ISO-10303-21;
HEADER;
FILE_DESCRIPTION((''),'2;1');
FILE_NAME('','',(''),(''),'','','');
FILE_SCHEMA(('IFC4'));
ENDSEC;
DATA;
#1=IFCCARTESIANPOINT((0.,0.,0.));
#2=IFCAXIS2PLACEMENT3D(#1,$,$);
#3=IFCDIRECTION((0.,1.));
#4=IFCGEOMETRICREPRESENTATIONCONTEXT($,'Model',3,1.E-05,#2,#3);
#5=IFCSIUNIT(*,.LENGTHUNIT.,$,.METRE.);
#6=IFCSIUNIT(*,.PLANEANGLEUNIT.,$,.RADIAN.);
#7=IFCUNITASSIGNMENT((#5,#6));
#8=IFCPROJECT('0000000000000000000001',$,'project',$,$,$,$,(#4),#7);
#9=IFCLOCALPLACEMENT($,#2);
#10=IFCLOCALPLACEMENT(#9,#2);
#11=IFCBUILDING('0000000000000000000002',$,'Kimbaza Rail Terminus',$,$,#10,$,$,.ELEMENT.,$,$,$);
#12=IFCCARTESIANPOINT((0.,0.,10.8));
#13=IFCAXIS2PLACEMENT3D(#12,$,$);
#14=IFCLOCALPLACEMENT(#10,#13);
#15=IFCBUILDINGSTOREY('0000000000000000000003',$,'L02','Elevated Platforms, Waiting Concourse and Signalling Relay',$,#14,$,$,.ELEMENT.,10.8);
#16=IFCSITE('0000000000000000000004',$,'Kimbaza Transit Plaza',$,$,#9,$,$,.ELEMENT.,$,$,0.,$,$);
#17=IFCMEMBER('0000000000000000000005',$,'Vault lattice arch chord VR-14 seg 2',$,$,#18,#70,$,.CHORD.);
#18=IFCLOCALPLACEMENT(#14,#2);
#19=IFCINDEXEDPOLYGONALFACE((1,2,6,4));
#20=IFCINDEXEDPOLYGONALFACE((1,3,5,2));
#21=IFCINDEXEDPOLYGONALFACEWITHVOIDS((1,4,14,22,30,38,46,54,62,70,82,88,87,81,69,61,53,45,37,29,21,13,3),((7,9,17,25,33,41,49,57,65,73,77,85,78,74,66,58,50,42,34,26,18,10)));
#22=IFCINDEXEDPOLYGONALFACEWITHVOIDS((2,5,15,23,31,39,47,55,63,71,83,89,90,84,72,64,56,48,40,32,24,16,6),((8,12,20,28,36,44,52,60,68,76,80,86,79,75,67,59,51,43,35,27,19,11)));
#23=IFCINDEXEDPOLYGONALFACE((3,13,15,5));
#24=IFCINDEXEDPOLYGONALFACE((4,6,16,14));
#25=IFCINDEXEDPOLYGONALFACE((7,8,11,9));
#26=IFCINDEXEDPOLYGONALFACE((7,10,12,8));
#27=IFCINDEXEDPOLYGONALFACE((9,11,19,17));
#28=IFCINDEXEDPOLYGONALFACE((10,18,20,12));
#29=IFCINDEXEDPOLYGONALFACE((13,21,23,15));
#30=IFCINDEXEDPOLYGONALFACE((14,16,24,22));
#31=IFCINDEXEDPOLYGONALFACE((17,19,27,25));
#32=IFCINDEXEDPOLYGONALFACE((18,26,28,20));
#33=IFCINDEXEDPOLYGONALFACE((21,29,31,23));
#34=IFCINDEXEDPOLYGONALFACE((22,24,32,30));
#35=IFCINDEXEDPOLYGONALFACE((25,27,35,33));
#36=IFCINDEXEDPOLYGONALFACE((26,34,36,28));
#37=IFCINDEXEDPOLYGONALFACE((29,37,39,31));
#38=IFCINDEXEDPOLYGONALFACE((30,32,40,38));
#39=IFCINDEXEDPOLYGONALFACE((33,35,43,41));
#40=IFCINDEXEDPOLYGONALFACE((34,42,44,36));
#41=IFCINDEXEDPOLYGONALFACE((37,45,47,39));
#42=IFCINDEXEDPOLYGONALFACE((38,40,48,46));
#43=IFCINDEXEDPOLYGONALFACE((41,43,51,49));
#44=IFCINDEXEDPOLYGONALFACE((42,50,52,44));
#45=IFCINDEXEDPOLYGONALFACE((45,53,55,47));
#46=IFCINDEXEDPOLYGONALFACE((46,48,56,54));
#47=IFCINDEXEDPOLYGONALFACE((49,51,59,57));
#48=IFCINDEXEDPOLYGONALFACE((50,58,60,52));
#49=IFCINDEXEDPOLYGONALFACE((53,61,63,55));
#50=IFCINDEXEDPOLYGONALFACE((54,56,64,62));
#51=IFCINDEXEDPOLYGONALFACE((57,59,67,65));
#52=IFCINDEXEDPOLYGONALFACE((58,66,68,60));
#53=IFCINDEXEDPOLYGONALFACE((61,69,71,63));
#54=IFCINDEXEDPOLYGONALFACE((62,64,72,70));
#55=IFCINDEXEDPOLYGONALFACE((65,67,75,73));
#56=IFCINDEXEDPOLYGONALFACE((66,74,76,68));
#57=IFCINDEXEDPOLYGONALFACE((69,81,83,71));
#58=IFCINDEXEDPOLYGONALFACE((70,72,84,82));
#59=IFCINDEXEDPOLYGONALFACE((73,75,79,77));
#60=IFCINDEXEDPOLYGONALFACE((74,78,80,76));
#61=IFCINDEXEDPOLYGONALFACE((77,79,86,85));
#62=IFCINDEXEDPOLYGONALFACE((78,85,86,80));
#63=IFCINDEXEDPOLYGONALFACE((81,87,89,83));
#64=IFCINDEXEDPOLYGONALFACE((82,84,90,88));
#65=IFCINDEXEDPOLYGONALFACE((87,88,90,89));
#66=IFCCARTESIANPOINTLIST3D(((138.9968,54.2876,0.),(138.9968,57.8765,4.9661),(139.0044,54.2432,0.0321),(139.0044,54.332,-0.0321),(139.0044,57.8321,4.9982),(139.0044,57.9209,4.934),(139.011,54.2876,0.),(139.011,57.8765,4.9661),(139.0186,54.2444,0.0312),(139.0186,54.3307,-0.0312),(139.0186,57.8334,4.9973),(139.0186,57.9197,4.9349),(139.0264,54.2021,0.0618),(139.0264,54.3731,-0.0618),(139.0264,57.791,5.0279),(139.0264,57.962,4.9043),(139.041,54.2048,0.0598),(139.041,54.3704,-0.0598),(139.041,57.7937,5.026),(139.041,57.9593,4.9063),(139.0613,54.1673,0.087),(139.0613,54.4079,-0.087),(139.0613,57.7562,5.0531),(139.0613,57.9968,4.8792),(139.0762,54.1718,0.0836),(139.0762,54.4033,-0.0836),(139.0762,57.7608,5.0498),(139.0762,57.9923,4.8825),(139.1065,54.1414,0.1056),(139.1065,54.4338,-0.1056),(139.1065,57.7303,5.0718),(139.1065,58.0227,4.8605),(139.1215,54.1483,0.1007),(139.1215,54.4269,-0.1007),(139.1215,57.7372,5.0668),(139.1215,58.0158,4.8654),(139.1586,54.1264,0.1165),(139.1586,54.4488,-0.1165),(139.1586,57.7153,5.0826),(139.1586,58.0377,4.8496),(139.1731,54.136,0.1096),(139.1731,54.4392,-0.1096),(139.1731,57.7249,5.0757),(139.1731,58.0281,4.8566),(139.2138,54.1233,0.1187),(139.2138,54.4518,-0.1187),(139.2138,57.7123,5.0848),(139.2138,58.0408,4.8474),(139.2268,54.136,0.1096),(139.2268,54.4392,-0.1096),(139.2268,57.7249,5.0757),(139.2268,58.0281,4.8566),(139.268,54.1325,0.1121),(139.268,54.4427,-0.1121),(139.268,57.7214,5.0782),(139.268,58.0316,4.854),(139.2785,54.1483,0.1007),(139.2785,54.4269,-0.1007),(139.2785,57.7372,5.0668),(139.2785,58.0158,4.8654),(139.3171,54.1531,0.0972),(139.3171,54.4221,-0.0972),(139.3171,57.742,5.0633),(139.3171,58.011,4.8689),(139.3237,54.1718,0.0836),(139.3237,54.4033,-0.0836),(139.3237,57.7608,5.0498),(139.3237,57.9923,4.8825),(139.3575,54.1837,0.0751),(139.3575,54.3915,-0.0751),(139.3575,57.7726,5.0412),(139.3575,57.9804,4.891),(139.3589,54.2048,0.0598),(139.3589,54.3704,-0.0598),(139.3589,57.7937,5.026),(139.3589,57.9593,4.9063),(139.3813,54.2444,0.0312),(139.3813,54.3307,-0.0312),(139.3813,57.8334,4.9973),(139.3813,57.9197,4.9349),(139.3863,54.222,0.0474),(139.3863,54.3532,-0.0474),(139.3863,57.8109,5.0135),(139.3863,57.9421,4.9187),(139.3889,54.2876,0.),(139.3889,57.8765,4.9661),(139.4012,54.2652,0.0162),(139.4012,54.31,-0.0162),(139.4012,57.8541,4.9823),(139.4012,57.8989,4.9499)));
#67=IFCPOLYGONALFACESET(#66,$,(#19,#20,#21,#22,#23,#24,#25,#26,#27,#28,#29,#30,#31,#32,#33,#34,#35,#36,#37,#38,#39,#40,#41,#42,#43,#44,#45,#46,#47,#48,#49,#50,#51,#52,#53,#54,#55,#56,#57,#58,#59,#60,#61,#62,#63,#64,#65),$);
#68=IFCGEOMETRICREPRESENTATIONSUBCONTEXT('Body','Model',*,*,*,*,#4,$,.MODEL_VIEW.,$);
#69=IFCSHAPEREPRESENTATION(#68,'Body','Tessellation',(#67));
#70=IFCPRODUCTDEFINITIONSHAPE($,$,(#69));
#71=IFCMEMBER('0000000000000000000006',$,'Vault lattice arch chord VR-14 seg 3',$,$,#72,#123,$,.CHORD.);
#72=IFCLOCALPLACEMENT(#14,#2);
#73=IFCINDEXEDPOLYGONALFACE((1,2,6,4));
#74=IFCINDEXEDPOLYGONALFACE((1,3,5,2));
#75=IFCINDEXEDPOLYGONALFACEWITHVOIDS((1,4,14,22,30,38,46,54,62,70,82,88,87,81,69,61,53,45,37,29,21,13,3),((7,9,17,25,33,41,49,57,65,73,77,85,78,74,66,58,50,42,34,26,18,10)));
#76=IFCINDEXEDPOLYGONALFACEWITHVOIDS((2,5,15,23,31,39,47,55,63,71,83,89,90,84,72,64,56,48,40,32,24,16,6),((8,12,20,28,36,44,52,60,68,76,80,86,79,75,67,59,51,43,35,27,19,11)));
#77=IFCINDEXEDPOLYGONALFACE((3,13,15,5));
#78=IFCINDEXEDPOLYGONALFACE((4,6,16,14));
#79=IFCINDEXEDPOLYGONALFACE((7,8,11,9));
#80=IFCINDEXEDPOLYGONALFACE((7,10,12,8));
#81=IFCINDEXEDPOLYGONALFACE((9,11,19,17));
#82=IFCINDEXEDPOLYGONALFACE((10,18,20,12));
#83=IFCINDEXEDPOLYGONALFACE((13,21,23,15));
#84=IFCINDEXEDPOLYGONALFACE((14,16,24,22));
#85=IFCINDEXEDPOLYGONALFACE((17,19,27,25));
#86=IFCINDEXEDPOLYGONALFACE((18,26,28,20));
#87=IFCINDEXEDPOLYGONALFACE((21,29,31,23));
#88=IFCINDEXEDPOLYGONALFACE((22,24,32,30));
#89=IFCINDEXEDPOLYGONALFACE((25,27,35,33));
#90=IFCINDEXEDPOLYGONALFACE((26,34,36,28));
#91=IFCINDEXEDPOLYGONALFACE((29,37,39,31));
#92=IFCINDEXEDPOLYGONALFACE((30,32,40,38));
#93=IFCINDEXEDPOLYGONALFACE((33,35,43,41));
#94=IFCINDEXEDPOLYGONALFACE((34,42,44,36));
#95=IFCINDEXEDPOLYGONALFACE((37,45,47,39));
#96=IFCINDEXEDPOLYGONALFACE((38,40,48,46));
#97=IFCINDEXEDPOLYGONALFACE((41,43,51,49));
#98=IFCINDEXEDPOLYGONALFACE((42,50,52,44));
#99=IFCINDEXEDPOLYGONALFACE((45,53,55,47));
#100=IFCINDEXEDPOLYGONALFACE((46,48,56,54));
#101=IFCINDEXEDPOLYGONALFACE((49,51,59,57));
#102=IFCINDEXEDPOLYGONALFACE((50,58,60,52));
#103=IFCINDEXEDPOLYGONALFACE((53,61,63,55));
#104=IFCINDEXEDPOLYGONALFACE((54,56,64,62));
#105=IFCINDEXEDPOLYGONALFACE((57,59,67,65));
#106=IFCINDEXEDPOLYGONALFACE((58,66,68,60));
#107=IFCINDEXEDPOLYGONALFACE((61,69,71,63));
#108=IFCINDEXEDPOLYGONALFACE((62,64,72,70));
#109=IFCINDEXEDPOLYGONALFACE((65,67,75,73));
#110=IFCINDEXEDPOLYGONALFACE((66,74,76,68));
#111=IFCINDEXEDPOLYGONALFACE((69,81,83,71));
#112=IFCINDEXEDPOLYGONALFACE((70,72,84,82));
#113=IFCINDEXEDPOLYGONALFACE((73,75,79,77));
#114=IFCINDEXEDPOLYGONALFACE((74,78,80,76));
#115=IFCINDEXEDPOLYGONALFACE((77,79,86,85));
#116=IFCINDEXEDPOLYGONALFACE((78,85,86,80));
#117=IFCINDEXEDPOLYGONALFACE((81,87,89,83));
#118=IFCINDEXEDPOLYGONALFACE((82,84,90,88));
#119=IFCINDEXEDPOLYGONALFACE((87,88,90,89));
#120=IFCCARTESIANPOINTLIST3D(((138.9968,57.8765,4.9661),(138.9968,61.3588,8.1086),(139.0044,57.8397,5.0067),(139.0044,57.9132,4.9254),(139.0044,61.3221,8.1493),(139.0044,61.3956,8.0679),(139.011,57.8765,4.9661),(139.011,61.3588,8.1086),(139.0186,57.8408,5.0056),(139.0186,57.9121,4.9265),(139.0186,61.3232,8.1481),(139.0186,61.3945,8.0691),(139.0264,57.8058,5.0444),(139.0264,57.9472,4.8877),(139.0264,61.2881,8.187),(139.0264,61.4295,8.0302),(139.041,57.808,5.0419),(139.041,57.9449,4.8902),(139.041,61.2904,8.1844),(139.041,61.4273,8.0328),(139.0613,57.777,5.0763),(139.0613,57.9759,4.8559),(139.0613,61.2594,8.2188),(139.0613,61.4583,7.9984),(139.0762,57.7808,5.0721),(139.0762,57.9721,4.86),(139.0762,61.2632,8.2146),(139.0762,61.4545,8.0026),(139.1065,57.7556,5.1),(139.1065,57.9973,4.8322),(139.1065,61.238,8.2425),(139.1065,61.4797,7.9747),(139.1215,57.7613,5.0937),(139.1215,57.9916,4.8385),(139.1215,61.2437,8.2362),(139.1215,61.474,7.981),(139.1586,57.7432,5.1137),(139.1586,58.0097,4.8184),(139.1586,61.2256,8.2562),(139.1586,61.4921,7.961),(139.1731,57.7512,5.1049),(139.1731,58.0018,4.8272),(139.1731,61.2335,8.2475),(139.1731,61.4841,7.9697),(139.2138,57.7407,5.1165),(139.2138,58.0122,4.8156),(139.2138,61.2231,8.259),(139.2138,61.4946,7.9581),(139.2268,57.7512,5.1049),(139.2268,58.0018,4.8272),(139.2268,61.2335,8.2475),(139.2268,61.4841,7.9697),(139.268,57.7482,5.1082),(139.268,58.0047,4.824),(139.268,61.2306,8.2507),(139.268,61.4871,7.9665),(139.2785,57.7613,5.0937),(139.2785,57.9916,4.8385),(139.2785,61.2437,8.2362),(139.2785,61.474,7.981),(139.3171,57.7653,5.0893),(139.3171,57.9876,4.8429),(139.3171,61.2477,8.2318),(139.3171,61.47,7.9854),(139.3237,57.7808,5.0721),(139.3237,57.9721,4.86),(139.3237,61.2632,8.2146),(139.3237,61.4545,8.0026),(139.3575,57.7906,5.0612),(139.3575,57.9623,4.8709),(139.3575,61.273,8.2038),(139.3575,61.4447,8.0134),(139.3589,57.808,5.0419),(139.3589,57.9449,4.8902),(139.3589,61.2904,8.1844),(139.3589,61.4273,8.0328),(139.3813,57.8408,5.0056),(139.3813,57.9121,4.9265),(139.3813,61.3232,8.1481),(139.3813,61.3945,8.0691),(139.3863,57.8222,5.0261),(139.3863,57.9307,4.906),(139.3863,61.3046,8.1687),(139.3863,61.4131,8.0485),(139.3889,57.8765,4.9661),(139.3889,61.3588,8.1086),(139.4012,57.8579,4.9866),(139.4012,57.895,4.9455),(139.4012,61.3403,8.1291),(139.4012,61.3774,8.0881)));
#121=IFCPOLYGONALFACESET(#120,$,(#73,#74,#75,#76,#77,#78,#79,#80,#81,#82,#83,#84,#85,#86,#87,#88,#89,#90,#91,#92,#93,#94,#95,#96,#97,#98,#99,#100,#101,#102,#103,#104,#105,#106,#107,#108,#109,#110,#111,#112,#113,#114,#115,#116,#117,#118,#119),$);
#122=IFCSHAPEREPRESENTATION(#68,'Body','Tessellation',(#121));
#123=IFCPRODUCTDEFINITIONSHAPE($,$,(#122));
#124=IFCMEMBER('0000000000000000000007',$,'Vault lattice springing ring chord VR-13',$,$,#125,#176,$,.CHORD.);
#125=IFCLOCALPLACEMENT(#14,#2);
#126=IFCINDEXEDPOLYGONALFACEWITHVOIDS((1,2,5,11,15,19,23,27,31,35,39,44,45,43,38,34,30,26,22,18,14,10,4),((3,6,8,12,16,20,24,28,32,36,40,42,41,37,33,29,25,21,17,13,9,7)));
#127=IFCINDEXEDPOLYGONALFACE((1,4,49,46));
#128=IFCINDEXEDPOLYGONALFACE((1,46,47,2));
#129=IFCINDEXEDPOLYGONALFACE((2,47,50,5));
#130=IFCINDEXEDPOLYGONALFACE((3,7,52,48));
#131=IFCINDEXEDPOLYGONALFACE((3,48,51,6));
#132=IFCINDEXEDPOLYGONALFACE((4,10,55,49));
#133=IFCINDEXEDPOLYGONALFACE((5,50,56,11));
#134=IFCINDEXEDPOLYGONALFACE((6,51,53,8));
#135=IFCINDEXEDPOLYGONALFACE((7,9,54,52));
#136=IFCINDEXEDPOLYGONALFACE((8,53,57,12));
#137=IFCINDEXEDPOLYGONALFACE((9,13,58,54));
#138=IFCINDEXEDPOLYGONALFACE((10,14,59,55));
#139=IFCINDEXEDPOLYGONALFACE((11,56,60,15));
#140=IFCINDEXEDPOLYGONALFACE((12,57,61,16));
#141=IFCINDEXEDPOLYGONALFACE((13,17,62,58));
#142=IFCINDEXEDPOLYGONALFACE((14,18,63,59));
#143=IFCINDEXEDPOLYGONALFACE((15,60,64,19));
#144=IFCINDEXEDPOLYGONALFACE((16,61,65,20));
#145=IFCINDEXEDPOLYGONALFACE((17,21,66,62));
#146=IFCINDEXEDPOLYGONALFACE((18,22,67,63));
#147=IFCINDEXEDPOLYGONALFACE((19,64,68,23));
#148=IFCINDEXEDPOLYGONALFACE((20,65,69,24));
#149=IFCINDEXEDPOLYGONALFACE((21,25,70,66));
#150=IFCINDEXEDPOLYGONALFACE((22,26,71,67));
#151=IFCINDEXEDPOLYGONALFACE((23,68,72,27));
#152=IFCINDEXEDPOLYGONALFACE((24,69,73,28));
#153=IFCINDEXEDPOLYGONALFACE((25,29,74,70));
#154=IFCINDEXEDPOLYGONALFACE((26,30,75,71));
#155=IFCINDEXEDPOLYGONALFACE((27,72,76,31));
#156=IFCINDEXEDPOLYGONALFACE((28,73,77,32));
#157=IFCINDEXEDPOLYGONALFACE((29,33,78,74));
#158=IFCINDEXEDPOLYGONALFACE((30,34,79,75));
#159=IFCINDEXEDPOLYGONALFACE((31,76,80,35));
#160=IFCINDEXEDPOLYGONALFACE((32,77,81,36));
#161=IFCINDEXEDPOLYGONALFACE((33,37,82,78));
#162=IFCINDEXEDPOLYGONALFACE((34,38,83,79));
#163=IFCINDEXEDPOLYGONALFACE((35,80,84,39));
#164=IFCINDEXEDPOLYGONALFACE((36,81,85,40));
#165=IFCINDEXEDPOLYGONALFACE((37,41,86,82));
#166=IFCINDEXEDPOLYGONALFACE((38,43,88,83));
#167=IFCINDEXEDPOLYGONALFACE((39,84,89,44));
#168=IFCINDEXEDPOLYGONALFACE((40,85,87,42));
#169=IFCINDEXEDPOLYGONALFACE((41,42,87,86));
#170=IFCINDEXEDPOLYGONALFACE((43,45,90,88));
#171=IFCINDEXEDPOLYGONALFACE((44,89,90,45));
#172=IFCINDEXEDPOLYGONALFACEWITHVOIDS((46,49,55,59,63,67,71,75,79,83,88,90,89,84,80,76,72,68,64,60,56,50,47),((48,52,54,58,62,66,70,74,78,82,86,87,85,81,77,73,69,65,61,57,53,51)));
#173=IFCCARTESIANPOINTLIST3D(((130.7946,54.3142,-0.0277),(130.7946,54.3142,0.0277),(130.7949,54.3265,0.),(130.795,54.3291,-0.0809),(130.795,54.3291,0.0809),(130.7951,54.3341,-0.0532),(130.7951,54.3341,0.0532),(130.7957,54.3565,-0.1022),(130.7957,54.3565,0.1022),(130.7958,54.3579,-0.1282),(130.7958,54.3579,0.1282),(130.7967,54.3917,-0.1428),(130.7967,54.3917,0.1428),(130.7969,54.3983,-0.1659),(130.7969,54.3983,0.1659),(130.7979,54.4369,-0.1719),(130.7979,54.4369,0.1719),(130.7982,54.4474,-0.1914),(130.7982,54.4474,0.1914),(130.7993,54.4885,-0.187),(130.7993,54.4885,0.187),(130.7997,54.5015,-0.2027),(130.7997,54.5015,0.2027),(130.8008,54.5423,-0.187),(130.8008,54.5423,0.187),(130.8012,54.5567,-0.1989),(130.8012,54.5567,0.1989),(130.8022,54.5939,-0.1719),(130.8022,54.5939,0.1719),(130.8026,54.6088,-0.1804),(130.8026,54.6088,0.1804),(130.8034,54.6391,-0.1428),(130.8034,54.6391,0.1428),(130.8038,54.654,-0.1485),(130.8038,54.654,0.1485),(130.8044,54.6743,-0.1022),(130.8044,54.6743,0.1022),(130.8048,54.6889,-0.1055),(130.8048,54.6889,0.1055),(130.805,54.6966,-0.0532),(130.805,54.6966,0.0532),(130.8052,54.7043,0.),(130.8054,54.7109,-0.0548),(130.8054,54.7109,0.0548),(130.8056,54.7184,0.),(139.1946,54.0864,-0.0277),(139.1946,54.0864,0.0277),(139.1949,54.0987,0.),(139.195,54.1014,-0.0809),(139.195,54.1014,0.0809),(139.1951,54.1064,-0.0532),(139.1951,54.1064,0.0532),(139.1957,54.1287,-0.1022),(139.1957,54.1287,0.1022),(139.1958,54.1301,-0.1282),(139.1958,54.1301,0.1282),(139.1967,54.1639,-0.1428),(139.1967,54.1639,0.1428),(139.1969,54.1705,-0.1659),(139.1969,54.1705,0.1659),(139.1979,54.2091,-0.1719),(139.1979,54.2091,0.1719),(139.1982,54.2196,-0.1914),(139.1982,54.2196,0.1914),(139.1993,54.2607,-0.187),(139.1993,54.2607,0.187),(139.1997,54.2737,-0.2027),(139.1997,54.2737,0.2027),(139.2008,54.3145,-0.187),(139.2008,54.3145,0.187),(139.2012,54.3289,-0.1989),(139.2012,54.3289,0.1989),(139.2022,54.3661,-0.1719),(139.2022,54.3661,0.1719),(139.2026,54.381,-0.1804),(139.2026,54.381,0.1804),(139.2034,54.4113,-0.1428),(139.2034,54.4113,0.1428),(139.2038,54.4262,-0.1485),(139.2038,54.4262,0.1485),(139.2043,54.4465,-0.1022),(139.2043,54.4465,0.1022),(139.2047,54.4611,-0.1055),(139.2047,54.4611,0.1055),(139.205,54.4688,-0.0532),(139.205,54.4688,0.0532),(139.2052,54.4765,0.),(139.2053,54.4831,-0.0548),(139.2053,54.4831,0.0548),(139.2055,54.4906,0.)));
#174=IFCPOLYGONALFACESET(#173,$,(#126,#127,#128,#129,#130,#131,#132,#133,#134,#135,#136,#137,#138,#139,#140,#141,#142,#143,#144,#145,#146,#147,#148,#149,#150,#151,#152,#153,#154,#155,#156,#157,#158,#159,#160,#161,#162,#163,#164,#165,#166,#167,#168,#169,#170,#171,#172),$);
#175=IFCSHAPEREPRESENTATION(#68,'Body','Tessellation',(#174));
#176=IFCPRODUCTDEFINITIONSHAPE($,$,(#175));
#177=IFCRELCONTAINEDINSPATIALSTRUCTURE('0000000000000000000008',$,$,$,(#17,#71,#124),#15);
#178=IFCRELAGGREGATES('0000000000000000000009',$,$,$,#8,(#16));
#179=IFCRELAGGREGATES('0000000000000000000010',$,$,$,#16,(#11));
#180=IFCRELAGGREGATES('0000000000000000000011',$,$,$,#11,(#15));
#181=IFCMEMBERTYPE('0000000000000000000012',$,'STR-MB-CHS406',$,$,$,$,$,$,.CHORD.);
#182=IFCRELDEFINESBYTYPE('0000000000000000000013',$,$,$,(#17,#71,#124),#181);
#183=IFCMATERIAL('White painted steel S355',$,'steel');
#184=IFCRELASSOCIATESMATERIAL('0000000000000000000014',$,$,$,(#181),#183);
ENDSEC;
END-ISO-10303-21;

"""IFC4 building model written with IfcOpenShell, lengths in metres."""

from ifc_helpers import new_model, si_unit, direction, frame, origin, origin_2d, place, context, subcontext, project, spatial, hollow_circle, extrude, material, material_profile, profile_set, type_object, element, save


model = new_model("IFC4")

# Units and contexts
model_context = context("Model", 3, precision=1e-05, world=origin(), true_north=direction((0.0, 1.0)))
body_context = subcontext(model_context, "Body", "Model", "MODEL_VIEW")
ifc_project = project(units=[si_unit("LENGTHUNIT", "METRE"), si_unit("PLANEANGLEUNIT", "RADIAN")], contexts=[model_context])

# Site, building, storey
site_placement = place(None, origin())
site = spatial("IfcSite", under=ifc_project, at=site_placement, Name="Kimbaza Transit Plaza", CompositionType="ELEMENT", RefElevation=0.0)
building_placement = place(site_placement, origin())
building = spatial("IfcBuilding", under=site, at=building_placement, Name="Kimbaza Rail Terminus", CompositionType="ELEMENT")
storey_placement = place(building_placement, frame((0.0, 0.0, 10.8)))
storey = spatial("IfcBuildingStorey", under=building, at=storey_placement, Name="L02", Description="Elevated Platforms, Waiting Concourse and Signalling Relay", CompositionType="ELEMENT", Elevation=10.8)

# Members
ifc_material_1 = material(Name="White painted steel S355", Category="steel")
ifc_material_profile_1 = material_profile(ifc_material_1, hollow_circle(Radius=0.2031, WallThickness=0.0142, at=origin_2d()), Name="CHS 406.4x14.2")
ifc_profile_set_1 = profile_set([ifc_material_profile_1], Name="White painted steel S355")
member_type_1 = type_object("IfcMemberType", Name="STR-MB-CHS406", PredefinedType="CHORD", material=ifc_profile_set_1)
member_1_placement = place(storey_placement, frame((139.2, 54.2876, 0.0), z_axis=(0.0, 0.585733, 0.810504), x_axis=(-1.0, 0.0, 0.0)))
element("IfcMember", 1, at=member_1_placement, inside=storey, type_object=member_type_1, Name="Vault lattice arch chord VR-14 seg 2", PredefinedType="CHORD", context=body_context, shape_type="SweptSolid", body=[
    extrude(hollow_circle(Radius=0.2031, WallThickness=0.0142, at=origin_2d()), origin(), (0.0, 0.0, 1.0), 6.1272),
])
member_2_placement = place(storey_placement, frame((139.2, 57.8765, 4.9661), z_axis=(0.0, 0.742403, 0.669953), x_axis=(-1.0, 0.0, 0.0)))
element("IfcMember", 2, at=member_2_placement, inside=storey, type_object=member_type_1, Name="Vault lattice arch chord VR-14 seg 3", PredefinedType="CHORD", context=body_context, shape_type="SweptSolid", body=[
    extrude(hollow_circle(Radius=0.2031, WallThickness=0.0142, at=origin_2d()), origin(), (0.0, 0.0, 1.0), 4.6907),
])
member_3_placement = place(storey_placement, frame((130.8, 54.5154, 0.0), z_axis=(0.999633, -0.027107, 0.0), x_axis=(0.027107, 0.999633, 0.0)))
element("IfcMember", 3, at=member_3_placement, inside=storey, type_object=member_type_1, Name="Vault lattice springing ring chord VR-13", PredefinedType="CHORD", context=body_context, shape_type="SweptSolid", body=[
    extrude(hollow_circle(Radius=0.2031, WallThickness=0.0142, at=origin_2d()), origin(), (0.0, 0.0, 1.0), 8.4031),
])

save(model, "model.ifc")
